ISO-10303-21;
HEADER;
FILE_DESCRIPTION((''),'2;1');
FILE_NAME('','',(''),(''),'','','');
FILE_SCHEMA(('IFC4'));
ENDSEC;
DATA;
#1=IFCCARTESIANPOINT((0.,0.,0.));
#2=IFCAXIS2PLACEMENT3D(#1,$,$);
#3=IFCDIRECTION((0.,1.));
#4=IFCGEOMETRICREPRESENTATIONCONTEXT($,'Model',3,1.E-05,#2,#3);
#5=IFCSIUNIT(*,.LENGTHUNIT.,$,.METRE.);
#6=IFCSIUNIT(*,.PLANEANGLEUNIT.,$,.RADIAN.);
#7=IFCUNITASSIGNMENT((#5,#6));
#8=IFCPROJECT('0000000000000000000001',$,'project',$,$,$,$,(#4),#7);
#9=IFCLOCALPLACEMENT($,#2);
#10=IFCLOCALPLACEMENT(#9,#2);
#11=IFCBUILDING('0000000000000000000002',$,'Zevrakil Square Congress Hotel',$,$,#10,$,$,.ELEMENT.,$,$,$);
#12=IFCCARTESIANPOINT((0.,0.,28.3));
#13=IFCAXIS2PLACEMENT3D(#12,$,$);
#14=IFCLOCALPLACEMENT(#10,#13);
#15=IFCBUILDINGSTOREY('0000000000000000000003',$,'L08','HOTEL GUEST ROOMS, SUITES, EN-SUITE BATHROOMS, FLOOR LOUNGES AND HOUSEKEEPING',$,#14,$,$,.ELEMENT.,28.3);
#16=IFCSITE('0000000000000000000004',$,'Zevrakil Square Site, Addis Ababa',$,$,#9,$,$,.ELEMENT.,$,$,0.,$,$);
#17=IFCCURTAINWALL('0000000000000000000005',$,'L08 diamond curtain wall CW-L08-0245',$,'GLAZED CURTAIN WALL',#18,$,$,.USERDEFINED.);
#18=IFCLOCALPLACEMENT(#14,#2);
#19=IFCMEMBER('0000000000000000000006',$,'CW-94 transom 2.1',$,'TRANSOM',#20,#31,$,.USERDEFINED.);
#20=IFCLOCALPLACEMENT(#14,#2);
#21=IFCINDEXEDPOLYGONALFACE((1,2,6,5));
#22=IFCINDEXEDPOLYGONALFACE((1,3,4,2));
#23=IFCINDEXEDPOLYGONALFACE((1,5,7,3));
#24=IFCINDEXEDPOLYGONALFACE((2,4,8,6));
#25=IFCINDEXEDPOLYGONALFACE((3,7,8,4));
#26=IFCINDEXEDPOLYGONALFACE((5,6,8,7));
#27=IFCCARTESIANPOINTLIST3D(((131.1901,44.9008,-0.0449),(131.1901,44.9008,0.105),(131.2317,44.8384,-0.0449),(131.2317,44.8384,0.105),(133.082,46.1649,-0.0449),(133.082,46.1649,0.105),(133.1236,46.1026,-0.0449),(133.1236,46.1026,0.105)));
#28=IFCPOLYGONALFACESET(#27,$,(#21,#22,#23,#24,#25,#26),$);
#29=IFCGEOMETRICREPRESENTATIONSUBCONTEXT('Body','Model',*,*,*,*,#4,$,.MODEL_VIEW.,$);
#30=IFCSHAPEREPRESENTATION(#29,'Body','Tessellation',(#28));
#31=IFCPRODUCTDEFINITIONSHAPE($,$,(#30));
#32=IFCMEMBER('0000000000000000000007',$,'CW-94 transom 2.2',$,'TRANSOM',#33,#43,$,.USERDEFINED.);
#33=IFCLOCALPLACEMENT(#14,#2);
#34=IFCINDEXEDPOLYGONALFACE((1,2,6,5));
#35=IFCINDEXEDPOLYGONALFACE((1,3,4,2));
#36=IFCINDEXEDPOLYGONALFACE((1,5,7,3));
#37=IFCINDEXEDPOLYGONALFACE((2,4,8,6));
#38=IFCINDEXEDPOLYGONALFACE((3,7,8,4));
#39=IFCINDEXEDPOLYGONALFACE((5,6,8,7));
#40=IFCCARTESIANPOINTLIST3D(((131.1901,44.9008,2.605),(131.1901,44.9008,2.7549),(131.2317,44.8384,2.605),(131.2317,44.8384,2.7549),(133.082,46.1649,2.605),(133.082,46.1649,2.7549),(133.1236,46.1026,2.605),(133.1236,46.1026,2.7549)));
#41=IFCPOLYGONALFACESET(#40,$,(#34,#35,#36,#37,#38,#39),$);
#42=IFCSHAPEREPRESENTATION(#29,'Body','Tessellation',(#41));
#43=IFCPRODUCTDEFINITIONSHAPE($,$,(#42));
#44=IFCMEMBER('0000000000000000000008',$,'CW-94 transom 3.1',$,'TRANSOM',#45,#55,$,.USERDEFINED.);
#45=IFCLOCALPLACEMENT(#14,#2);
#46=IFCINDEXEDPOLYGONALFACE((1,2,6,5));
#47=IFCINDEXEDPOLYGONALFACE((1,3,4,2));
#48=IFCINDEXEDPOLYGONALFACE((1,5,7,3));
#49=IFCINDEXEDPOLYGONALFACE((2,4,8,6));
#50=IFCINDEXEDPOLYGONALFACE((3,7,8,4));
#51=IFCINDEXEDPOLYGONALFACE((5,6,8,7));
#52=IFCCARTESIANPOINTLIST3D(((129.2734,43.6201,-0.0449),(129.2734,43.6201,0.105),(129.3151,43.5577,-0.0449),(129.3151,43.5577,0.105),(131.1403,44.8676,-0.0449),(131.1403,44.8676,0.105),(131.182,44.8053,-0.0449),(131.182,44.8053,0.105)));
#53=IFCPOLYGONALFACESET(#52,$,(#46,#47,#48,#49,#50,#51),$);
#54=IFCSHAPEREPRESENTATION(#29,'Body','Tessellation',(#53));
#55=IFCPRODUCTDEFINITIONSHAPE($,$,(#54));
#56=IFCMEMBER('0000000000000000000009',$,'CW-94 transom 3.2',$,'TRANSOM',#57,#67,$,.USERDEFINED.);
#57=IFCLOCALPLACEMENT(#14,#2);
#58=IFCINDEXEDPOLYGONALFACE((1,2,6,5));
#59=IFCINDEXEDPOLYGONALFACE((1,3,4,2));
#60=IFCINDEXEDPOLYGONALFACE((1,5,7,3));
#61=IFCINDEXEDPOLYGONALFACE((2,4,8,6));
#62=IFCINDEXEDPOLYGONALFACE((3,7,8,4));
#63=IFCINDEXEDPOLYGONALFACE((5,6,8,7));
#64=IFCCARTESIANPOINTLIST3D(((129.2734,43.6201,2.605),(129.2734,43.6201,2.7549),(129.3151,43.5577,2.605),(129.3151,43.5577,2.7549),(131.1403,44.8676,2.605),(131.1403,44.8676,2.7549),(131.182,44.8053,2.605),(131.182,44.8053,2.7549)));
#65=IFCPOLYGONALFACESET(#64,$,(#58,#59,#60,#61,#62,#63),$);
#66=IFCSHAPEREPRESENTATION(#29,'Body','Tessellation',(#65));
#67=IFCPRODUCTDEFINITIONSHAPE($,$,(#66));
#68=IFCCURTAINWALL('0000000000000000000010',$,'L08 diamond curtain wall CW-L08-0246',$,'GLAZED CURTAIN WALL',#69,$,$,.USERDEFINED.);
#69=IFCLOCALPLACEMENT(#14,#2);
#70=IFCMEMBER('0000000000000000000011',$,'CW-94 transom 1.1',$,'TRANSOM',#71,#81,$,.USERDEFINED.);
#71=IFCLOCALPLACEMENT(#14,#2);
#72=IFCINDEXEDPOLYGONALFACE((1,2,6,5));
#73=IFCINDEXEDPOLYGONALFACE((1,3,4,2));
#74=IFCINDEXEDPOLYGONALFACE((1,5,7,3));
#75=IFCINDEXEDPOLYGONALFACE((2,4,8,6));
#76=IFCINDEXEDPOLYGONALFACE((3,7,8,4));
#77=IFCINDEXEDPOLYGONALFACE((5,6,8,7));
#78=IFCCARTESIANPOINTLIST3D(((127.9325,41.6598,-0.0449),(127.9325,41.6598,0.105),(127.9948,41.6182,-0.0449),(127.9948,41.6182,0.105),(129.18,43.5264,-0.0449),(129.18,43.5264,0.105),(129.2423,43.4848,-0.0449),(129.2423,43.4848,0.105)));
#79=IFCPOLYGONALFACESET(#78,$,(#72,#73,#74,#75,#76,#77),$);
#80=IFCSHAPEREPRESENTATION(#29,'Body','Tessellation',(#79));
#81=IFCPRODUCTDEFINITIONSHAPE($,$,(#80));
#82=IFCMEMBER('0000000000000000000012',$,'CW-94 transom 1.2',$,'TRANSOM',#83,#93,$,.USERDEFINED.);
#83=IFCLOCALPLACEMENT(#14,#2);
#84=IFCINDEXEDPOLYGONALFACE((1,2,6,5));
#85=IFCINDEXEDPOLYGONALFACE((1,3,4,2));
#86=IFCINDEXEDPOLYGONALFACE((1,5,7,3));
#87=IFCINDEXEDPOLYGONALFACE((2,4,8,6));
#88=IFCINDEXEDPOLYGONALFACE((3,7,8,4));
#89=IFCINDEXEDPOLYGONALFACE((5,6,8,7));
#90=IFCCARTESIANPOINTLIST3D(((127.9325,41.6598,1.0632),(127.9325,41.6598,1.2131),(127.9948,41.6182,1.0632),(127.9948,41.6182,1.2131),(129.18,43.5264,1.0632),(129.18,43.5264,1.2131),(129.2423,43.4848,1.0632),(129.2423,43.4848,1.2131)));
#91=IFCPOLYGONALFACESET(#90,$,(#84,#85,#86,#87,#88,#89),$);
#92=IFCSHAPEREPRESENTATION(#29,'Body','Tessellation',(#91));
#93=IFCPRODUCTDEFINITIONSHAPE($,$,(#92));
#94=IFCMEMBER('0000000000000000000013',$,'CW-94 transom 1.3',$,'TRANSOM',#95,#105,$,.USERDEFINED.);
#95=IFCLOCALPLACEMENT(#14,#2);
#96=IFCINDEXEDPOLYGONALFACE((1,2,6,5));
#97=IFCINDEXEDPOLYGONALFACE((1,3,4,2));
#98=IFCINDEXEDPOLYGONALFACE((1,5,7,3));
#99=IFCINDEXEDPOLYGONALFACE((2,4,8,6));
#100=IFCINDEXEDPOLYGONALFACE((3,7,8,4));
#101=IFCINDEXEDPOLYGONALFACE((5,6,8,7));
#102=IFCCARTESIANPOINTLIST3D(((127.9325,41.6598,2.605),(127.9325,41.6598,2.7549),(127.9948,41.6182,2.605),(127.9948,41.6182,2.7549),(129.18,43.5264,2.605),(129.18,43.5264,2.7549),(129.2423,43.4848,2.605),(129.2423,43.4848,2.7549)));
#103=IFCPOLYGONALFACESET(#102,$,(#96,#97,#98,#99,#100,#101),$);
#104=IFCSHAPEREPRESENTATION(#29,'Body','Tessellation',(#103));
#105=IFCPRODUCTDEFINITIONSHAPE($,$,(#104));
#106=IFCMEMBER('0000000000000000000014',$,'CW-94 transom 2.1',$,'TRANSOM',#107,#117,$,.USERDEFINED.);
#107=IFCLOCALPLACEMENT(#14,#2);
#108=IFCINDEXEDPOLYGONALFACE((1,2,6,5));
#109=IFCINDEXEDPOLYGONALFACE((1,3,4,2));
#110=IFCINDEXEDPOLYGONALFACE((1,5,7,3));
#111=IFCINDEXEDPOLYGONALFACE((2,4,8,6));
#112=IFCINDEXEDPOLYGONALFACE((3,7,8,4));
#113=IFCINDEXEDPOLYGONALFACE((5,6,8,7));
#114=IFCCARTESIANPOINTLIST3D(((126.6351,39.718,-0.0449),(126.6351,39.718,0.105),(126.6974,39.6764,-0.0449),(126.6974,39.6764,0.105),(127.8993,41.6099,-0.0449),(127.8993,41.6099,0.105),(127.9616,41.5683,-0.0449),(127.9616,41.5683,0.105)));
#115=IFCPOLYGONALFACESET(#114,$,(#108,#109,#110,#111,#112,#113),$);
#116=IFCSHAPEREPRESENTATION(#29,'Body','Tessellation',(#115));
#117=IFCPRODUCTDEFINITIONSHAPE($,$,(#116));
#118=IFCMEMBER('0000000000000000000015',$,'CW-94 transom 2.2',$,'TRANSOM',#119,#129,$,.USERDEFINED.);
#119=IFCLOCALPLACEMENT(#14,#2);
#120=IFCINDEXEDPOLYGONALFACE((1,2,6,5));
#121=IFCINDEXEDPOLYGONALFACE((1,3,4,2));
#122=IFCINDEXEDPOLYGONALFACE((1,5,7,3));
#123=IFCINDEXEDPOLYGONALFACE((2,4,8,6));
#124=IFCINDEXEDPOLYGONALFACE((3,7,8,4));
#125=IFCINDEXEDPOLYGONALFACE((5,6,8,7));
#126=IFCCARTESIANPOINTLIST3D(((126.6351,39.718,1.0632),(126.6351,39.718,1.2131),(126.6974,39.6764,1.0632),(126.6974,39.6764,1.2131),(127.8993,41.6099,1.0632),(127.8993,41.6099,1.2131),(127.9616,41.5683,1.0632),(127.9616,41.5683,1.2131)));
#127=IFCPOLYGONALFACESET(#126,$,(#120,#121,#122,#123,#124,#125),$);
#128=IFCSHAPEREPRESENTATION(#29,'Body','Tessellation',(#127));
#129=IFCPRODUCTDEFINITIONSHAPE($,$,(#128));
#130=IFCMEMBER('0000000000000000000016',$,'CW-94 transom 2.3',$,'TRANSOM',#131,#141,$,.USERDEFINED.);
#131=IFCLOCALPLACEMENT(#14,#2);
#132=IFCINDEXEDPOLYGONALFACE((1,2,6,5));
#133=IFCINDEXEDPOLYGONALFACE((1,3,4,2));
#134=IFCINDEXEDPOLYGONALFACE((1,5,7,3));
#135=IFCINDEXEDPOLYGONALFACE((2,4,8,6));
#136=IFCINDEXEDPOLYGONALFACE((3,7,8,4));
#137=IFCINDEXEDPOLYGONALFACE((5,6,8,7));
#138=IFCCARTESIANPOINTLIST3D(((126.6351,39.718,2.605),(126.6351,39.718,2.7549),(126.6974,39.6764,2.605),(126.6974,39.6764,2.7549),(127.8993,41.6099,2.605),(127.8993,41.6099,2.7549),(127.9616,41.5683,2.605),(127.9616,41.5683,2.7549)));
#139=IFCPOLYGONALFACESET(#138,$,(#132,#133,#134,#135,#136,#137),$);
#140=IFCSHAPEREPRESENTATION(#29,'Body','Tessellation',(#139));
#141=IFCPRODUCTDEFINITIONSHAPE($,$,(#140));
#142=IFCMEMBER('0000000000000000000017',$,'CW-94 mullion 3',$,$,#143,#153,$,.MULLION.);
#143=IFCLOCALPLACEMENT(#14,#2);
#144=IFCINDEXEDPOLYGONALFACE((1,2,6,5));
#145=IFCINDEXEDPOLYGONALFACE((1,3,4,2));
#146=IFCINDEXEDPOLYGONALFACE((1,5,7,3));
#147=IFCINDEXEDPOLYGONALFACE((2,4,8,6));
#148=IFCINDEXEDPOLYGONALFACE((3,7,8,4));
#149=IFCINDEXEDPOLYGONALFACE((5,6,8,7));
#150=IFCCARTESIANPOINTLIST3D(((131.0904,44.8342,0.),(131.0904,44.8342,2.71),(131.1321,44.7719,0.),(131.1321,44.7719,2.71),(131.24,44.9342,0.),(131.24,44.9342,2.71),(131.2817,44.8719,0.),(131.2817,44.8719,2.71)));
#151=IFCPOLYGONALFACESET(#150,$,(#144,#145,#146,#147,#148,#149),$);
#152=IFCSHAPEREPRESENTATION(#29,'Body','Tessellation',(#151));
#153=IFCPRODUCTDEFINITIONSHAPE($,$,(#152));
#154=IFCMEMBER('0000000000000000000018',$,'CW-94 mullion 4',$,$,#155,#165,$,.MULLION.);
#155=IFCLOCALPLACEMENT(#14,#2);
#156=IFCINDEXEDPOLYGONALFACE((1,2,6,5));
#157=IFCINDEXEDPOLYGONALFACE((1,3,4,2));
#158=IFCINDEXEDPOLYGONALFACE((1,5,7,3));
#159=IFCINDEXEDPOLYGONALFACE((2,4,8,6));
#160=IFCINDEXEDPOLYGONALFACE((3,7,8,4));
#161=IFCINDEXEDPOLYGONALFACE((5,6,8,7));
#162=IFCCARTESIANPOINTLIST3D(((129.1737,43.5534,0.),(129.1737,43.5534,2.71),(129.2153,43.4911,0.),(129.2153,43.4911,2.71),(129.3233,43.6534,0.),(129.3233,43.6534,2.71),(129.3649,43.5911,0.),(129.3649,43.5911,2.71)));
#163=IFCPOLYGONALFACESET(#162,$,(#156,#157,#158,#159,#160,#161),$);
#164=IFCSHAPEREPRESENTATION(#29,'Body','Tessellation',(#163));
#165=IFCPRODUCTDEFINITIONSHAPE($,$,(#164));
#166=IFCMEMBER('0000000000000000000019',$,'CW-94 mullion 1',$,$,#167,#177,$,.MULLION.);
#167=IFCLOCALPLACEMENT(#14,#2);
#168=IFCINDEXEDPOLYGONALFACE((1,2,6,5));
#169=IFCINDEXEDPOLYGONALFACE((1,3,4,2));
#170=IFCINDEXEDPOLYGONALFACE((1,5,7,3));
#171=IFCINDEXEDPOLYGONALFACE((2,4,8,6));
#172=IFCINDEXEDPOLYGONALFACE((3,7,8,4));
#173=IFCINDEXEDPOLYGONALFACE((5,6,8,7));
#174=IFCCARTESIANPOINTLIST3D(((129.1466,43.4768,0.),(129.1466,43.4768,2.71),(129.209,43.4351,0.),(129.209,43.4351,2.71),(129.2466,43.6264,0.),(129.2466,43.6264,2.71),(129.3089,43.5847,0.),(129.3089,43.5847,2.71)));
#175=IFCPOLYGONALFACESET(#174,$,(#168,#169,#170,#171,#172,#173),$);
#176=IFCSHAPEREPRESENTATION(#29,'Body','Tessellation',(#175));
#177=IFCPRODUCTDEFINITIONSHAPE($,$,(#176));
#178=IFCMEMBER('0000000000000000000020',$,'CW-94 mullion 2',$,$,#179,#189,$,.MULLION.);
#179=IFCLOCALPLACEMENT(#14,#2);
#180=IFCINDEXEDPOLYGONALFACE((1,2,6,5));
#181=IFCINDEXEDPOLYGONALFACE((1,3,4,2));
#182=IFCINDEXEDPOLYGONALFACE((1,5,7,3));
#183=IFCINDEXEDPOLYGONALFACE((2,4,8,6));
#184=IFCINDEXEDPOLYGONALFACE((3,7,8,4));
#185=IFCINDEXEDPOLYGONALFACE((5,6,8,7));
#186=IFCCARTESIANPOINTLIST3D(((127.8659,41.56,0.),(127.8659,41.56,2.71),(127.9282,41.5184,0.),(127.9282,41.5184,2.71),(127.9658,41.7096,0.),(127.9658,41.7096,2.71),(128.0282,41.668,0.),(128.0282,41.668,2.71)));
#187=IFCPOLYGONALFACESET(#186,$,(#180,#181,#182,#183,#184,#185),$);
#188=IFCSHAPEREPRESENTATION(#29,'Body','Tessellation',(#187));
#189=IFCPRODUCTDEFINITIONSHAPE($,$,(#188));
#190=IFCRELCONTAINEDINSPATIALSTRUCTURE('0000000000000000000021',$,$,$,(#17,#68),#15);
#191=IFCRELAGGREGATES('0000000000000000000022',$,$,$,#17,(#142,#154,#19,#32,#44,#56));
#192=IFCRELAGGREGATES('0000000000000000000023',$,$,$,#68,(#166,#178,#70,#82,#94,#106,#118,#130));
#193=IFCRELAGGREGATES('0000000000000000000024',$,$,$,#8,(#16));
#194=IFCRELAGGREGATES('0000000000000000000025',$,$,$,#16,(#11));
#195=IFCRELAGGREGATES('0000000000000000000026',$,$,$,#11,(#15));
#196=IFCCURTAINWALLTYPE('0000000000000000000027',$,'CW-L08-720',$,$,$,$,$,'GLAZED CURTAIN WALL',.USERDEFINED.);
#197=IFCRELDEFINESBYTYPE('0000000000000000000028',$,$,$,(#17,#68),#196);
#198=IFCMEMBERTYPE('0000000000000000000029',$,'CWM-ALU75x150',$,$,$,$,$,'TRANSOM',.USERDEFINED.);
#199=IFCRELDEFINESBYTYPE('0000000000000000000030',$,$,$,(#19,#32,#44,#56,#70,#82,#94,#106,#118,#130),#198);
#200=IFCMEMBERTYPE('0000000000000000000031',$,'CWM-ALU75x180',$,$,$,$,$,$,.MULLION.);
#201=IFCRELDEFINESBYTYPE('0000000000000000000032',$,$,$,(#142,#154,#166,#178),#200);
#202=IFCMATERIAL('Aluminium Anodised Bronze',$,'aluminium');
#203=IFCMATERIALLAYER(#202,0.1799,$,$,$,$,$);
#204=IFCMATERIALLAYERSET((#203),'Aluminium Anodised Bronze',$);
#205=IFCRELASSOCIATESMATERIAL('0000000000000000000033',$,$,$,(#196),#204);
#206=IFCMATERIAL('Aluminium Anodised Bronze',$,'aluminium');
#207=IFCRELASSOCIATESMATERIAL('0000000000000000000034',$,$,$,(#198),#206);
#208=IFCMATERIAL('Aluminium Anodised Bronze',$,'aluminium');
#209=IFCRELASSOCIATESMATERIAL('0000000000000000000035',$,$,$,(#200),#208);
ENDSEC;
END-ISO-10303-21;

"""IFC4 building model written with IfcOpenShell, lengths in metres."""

from ifc_helpers import new_model, si_unit, direction, frame, origin, origin_2d, place, context, subcontext, project, spatial, rectangle, extrude, material, layer, layer_set, material_profile, profile_set, type_object, element, aggregate, save


model = new_model("IFC4")

# Units and contexts
model_context = context("Model", 3, precision=1e-05, world=origin(), true_north=direction((0.0, 1.0)))
body_context = subcontext(model_context, "Body", "Model", "MODEL_VIEW")
ifc_project = project(units=[si_unit("LENGTHUNIT", "METRE"), si_unit("PLANEANGLEUNIT", "RADIAN")], contexts=[model_context])

# Site, building, storey
site_placement = place(None, origin())
site = spatial("IfcSite", under=ifc_project, at=site_placement, Name="Zevrakil Square Site, Addis Ababa", CompositionType="ELEMENT", RefElevation=0.0)
building_placement = place(site_placement, origin())
building = spatial("IfcBuilding", under=site, at=building_placement, Name="Zevrakil Square Congress Hotel", CompositionType="ELEMENT")
storey_placement = place(building_placement, frame((0.0, 0.0, 28.3)))
storey = spatial("IfcBuildingStorey", under=building, at=storey_placement, Name="L08", Description="HOTEL GUEST ROOMS, SUITES, EN-SUITE BATHROOMS, FLOOR LOUNGES AND HOUSEKEEPING", CompositionType="ELEMENT", Elevation=28.3)

# Curtain walls, members
ifc_material_1 = material(Name="Aluminium Anodised Bronze", Category="aluminium")
ifc_layer_1 = layer(ifc_material_1, 0.1799)
ifc_layer_set_1 = layer_set([ifc_layer_1], Name="Aluminium Anodised Bronze")
curtain_wall_type = type_object("IfcCurtainWallType", Name="CW-L08-720", ElementType="GLAZED CURTAIN WALL", PredefinedType="USERDEFINED", material=ifc_layer_set_1)
curtain_wall_1_placement = place(storey_placement, origin())
curtain_wall_1 = element("IfcCurtainWall", 1, at=curtain_wall_1_placement, inside=storey, type_object=curtain_wall_type, Name="L08 diamond curtain wall CW-L08-0245", ObjectType="GLAZED CURTAIN WALL", PredefinedType="USERDEFINED")
ifc_material_2 = material(Name="Aluminium Anodised Bronze", Category="aluminium")
ifc_material_profile_1 = material_profile(ifc_material_2, rectangle(XDim=0.075, YDim=0.1499, at=origin_2d()), Name="ALU 75x150")
ifc_profile_set_1 = profile_set([ifc_material_profile_1], Name="Aluminium Anodised Bronze")
member_type_1 = type_object("IfcMemberType", Name="CWM-ALU75x150", ElementType="TRANSOM", PredefinedType="USERDEFINED", material=ifc_profile_set_1)
member_1_placement = place(storey_placement, frame((133.1028, 46.1338, 0.03), z_axis=(-0.831456, -0.555591, 0.0), x_axis=(0.555591, -0.831456, 0.0)))
member_1 = element("IfcMember", 2, at=member_1_placement, type_object=member_type_1, Name="CW-94 transom 2.1", ObjectType="TRANSOM", PredefinedType="USERDEFINED", context=body_context, shape_type="SweptSolid", body=[
    extrude(rectangle(XDim=0.075, YDim=0.1499, at=origin_2d()), origin(), (0.0, 0.0, 1.0), 2.2754),
])
member_2_placement = place(storey_placement, frame((133.1028, 46.1338, 2.6799), z_axis=(-0.831456, -0.555591, 0.0), x_axis=(0.555591, -0.831456, 0.0)))
member_2 = element("IfcMember", 3, at=member_2_placement, type_object=member_type_1, Name="CW-94 transom 2.2", ObjectType="TRANSOM", PredefinedType="USERDEFINED", context=body_context, shape_type="SweptSolid", body=[
    extrude(rectangle(XDim=0.075, YDim=0.1499, at=origin_2d()), origin(), (0.0, 0.0, 1.0), 2.2754),
])
member_3_placement = place(storey_placement, frame((131.1611, 44.8364, 0.03), z_axis=(-0.831448, -0.555603, 0.0), x_axis=(0.555603, -0.831448, 0.0)))
member_3 = element("IfcMember", 4, at=member_3_placement, type_object=member_type_1, Name="CW-94 transom 3.1", ObjectType="TRANSOM", PredefinedType="USERDEFINED", context=body_context, shape_type="SweptSolid", body=[
    extrude(rectangle(XDim=0.075, YDim=0.1499, at=origin_2d()), origin(), (0.0, 0.0, 1.0), 2.2454),
])
member_4_placement = place(storey_placement, frame((131.1611, 44.8364, 2.6799), z_axis=(-0.831448, -0.555603, 0.0), x_axis=(0.555603, -0.831448, 0.0)))
member_4 = element("IfcMember", 5, at=member_4_placement, type_object=member_type_1, Name="CW-94 transom 3.2", ObjectType="TRANSOM", PredefinedType="USERDEFINED", context=body_context, shape_type="SweptSolid", body=[
    extrude(rectangle(XDim=0.075, YDim=0.1499, at=origin_2d()), origin(), (0.0, 0.0, 1.0), 2.2454),
])
curtain_wall_2_placement = place(storey_placement, origin())
curtain_wall_2 = element("IfcCurtainWall", 6, at=curtain_wall_2_placement, inside=storey, type_object=curtain_wall_type, Name="L08 diamond curtain wall CW-L08-0246", ObjectType="GLAZED CURTAIN WALL", PredefinedType="USERDEFINED")
member_5_placement = place(storey_placement, frame((129.2112, 43.5056, 0.03), z_axis=(-0.555653, -0.831414, 0.0), x_axis=(0.831414, -0.555653, 0.0)))
member_5 = element("IfcMember", 7, at=member_5_placement, type_object=member_type_1, Name="CW-94 transom 1.1", ObjectType="TRANSOM", PredefinedType="USERDEFINED", context=body_context, shape_type="SweptSolid", body=[
    extrude(rectangle(XDim=0.075, YDim=0.1499, at=origin_2d()), origin(), (0.0, 0.0, 1.0), 2.2451),
])
member_6_placement = place(storey_placement, frame((129.2112, 43.5056, 1.1382), z_axis=(-0.555653, -0.831414, 0.0), x_axis=(0.831414, -0.555653, 0.0)))
member_6 = element("IfcMember", 8, at=member_6_placement, type_object=member_type_1, Name="CW-94 transom 1.2", ObjectType="TRANSOM", PredefinedType="USERDEFINED", context=body_context, shape_type="SweptSolid", body=[
    extrude(rectangle(XDim=0.075, YDim=0.1499, at=origin_2d()), origin(), (0.0, 0.0, 1.0), 2.2451),
])
member_7_placement = place(storey_placement, frame((129.2112, 43.5056, 2.6799), z_axis=(-0.555653, -0.831414, 0.0), x_axis=(0.831414, -0.555653, 0.0)))
member_7 = element("IfcMember", 9, at=member_7_placement, type_object=member_type_1, Name="CW-94 transom 1.3", ObjectType="TRANSOM", PredefinedType="USERDEFINED", context=body_context, shape_type="SweptSolid", body=[
    extrude(rectangle(XDim=0.075, YDim=0.1499, at=origin_2d()), origin(), (0.0, 0.0, 1.0), 2.2451),
])
member_8_placement = place(storey_placement, frame((127.9304, 41.5891, 0.03), z_axis=(-0.555591, -0.831456, 0.0), x_axis=(0.831456, -0.555591, 0.0)))
member_8 = element("IfcMember", 10, at=member_8_placement, type_object=member_type_1, Name="CW-94 transom 2.1", ObjectType="TRANSOM", PredefinedType="USERDEFINED", context=body_context, shape_type="SweptSolid", body=[
    extrude(rectangle(XDim=0.075, YDim=0.1499, at=origin_2d()), origin(), (0.0, 0.0, 1.0), 2.2754),
])
member_9_placement = place(storey_placement, frame((127.9304, 41.5891, 1.1382), z_axis=(-0.555591, -0.831456, 0.0), x_axis=(0.831456, -0.555591, 0.0)))
member_9 = element("IfcMember", 11, at=member_9_placement, type_object=member_type_1, Name="CW-94 transom 2.2", ObjectType="TRANSOM", PredefinedType="USERDEFINED", context=body_context, shape_type="SweptSolid", body=[
    extrude(rectangle(XDim=0.075, YDim=0.1499, at=origin_2d()), origin(), (0.0, 0.0, 1.0), 2.2754),
])
member_10_placement = place(storey_placement, frame((127.9304, 41.5891, 2.6799), z_axis=(-0.555591, -0.831456, 0.0), x_axis=(0.831456, -0.555591, 0.0)))
member_10 = element("IfcMember", 12, at=member_10_placement, type_object=member_type_1, Name="CW-94 transom 2.3", ObjectType="TRANSOM", PredefinedType="USERDEFINED", context=body_context, shape_type="SweptSolid", body=[
    extrude(rectangle(XDim=0.075, YDim=0.1499, at=origin_2d()), origin(), (0.0, 0.0, 1.0), 2.2754),
])

# Members
ifc_material_3 = material(Name="Aluminium Anodised Bronze", Category="aluminium")
ifc_material_profile_2 = material_profile(ifc_material_3, rectangle(XDim=0.075, YDim=0.1799, at=origin_2d()), Name="ALU 75x180")
ifc_profile_set_2 = profile_set([ifc_material_profile_2], Name="Aluminium Anodised Bronze")
member_type_2 = type_object("IfcMemberType", Name="CWM-ALU75x180", PredefinedType="MULLION", material=ifc_profile_set_2)
member_11_placement = place(storey_placement, frame((131.186, 44.853, 0.0), z_axis=(0.0, 0.0, 1.0), x_axis=(0.555576, -0.831466, 0.0)))
member_11 = element("IfcMember", 13, at=member_11_placement, type_object=member_type_2, Name="CW-94 mullion 3", PredefinedType="MULLION", context=body_context, shape_type="SweptSolid", body=[
    extrude(rectangle(XDim=0.075, YDim=0.1799, at=origin_2d()), origin(), (0.0, 0.0, 1.0), 2.71),
])
member_12_placement = place(storey_placement, frame((129.2693, 43.5723, 0.0), z_axis=(0.0, 0.0, 1.0), x_axis=(0.555576, -0.831466, 0.0)))
member_12 = element("IfcMember", 14, at=member_12_placement, type_object=member_type_2, Name="CW-94 mullion 4", PredefinedType="MULLION", context=body_context, shape_type="SweptSolid", body=[
    extrude(rectangle(XDim=0.075, YDim=0.1799, at=origin_2d()), origin(), (0.0, 0.0, 1.0), 2.71),
])
member_13_placement = place(storey_placement, frame((129.2278, 43.5308, 0.0), z_axis=(0.0, 0.0, 1.0), x_axis=(0.831466, -0.555576, 0.0)))
member_13 = element("IfcMember", 15, at=member_13_placement, type_object=member_type_2, Name="CW-94 mullion 1", PredefinedType="MULLION", context=body_context, shape_type="SweptSolid", body=[
    extrude(rectangle(XDim=0.075, YDim=0.1799, at=origin_2d()), origin(), (0.0, 0.0, 1.0), 2.71),
])
member_14_placement = place(storey_placement, frame((127.947, 41.614, 0.0), z_axis=(0.0, 0.0, 1.0), x_axis=(0.831466, -0.555576, 0.0)))
member_14 = element("IfcMember", 16, at=member_14_placement, type_object=member_type_2, Name="CW-94 mullion 2", PredefinedType="MULLION", context=body_context, shape_type="SweptSolid", body=[
    extrude(rectangle(XDim=0.075, YDim=0.1799, at=origin_2d()), origin(), (0.0, 0.0, 1.0), 2.71),
])

aggregate(curtain_wall_1, [member_11, member_12, member_1, member_2, member_3, member_4])
aggregate(curtain_wall_2, [member_13, member_14, member_5, member_6, member_7, member_8, member_9, member_10])

save(model, "model.ifc")
